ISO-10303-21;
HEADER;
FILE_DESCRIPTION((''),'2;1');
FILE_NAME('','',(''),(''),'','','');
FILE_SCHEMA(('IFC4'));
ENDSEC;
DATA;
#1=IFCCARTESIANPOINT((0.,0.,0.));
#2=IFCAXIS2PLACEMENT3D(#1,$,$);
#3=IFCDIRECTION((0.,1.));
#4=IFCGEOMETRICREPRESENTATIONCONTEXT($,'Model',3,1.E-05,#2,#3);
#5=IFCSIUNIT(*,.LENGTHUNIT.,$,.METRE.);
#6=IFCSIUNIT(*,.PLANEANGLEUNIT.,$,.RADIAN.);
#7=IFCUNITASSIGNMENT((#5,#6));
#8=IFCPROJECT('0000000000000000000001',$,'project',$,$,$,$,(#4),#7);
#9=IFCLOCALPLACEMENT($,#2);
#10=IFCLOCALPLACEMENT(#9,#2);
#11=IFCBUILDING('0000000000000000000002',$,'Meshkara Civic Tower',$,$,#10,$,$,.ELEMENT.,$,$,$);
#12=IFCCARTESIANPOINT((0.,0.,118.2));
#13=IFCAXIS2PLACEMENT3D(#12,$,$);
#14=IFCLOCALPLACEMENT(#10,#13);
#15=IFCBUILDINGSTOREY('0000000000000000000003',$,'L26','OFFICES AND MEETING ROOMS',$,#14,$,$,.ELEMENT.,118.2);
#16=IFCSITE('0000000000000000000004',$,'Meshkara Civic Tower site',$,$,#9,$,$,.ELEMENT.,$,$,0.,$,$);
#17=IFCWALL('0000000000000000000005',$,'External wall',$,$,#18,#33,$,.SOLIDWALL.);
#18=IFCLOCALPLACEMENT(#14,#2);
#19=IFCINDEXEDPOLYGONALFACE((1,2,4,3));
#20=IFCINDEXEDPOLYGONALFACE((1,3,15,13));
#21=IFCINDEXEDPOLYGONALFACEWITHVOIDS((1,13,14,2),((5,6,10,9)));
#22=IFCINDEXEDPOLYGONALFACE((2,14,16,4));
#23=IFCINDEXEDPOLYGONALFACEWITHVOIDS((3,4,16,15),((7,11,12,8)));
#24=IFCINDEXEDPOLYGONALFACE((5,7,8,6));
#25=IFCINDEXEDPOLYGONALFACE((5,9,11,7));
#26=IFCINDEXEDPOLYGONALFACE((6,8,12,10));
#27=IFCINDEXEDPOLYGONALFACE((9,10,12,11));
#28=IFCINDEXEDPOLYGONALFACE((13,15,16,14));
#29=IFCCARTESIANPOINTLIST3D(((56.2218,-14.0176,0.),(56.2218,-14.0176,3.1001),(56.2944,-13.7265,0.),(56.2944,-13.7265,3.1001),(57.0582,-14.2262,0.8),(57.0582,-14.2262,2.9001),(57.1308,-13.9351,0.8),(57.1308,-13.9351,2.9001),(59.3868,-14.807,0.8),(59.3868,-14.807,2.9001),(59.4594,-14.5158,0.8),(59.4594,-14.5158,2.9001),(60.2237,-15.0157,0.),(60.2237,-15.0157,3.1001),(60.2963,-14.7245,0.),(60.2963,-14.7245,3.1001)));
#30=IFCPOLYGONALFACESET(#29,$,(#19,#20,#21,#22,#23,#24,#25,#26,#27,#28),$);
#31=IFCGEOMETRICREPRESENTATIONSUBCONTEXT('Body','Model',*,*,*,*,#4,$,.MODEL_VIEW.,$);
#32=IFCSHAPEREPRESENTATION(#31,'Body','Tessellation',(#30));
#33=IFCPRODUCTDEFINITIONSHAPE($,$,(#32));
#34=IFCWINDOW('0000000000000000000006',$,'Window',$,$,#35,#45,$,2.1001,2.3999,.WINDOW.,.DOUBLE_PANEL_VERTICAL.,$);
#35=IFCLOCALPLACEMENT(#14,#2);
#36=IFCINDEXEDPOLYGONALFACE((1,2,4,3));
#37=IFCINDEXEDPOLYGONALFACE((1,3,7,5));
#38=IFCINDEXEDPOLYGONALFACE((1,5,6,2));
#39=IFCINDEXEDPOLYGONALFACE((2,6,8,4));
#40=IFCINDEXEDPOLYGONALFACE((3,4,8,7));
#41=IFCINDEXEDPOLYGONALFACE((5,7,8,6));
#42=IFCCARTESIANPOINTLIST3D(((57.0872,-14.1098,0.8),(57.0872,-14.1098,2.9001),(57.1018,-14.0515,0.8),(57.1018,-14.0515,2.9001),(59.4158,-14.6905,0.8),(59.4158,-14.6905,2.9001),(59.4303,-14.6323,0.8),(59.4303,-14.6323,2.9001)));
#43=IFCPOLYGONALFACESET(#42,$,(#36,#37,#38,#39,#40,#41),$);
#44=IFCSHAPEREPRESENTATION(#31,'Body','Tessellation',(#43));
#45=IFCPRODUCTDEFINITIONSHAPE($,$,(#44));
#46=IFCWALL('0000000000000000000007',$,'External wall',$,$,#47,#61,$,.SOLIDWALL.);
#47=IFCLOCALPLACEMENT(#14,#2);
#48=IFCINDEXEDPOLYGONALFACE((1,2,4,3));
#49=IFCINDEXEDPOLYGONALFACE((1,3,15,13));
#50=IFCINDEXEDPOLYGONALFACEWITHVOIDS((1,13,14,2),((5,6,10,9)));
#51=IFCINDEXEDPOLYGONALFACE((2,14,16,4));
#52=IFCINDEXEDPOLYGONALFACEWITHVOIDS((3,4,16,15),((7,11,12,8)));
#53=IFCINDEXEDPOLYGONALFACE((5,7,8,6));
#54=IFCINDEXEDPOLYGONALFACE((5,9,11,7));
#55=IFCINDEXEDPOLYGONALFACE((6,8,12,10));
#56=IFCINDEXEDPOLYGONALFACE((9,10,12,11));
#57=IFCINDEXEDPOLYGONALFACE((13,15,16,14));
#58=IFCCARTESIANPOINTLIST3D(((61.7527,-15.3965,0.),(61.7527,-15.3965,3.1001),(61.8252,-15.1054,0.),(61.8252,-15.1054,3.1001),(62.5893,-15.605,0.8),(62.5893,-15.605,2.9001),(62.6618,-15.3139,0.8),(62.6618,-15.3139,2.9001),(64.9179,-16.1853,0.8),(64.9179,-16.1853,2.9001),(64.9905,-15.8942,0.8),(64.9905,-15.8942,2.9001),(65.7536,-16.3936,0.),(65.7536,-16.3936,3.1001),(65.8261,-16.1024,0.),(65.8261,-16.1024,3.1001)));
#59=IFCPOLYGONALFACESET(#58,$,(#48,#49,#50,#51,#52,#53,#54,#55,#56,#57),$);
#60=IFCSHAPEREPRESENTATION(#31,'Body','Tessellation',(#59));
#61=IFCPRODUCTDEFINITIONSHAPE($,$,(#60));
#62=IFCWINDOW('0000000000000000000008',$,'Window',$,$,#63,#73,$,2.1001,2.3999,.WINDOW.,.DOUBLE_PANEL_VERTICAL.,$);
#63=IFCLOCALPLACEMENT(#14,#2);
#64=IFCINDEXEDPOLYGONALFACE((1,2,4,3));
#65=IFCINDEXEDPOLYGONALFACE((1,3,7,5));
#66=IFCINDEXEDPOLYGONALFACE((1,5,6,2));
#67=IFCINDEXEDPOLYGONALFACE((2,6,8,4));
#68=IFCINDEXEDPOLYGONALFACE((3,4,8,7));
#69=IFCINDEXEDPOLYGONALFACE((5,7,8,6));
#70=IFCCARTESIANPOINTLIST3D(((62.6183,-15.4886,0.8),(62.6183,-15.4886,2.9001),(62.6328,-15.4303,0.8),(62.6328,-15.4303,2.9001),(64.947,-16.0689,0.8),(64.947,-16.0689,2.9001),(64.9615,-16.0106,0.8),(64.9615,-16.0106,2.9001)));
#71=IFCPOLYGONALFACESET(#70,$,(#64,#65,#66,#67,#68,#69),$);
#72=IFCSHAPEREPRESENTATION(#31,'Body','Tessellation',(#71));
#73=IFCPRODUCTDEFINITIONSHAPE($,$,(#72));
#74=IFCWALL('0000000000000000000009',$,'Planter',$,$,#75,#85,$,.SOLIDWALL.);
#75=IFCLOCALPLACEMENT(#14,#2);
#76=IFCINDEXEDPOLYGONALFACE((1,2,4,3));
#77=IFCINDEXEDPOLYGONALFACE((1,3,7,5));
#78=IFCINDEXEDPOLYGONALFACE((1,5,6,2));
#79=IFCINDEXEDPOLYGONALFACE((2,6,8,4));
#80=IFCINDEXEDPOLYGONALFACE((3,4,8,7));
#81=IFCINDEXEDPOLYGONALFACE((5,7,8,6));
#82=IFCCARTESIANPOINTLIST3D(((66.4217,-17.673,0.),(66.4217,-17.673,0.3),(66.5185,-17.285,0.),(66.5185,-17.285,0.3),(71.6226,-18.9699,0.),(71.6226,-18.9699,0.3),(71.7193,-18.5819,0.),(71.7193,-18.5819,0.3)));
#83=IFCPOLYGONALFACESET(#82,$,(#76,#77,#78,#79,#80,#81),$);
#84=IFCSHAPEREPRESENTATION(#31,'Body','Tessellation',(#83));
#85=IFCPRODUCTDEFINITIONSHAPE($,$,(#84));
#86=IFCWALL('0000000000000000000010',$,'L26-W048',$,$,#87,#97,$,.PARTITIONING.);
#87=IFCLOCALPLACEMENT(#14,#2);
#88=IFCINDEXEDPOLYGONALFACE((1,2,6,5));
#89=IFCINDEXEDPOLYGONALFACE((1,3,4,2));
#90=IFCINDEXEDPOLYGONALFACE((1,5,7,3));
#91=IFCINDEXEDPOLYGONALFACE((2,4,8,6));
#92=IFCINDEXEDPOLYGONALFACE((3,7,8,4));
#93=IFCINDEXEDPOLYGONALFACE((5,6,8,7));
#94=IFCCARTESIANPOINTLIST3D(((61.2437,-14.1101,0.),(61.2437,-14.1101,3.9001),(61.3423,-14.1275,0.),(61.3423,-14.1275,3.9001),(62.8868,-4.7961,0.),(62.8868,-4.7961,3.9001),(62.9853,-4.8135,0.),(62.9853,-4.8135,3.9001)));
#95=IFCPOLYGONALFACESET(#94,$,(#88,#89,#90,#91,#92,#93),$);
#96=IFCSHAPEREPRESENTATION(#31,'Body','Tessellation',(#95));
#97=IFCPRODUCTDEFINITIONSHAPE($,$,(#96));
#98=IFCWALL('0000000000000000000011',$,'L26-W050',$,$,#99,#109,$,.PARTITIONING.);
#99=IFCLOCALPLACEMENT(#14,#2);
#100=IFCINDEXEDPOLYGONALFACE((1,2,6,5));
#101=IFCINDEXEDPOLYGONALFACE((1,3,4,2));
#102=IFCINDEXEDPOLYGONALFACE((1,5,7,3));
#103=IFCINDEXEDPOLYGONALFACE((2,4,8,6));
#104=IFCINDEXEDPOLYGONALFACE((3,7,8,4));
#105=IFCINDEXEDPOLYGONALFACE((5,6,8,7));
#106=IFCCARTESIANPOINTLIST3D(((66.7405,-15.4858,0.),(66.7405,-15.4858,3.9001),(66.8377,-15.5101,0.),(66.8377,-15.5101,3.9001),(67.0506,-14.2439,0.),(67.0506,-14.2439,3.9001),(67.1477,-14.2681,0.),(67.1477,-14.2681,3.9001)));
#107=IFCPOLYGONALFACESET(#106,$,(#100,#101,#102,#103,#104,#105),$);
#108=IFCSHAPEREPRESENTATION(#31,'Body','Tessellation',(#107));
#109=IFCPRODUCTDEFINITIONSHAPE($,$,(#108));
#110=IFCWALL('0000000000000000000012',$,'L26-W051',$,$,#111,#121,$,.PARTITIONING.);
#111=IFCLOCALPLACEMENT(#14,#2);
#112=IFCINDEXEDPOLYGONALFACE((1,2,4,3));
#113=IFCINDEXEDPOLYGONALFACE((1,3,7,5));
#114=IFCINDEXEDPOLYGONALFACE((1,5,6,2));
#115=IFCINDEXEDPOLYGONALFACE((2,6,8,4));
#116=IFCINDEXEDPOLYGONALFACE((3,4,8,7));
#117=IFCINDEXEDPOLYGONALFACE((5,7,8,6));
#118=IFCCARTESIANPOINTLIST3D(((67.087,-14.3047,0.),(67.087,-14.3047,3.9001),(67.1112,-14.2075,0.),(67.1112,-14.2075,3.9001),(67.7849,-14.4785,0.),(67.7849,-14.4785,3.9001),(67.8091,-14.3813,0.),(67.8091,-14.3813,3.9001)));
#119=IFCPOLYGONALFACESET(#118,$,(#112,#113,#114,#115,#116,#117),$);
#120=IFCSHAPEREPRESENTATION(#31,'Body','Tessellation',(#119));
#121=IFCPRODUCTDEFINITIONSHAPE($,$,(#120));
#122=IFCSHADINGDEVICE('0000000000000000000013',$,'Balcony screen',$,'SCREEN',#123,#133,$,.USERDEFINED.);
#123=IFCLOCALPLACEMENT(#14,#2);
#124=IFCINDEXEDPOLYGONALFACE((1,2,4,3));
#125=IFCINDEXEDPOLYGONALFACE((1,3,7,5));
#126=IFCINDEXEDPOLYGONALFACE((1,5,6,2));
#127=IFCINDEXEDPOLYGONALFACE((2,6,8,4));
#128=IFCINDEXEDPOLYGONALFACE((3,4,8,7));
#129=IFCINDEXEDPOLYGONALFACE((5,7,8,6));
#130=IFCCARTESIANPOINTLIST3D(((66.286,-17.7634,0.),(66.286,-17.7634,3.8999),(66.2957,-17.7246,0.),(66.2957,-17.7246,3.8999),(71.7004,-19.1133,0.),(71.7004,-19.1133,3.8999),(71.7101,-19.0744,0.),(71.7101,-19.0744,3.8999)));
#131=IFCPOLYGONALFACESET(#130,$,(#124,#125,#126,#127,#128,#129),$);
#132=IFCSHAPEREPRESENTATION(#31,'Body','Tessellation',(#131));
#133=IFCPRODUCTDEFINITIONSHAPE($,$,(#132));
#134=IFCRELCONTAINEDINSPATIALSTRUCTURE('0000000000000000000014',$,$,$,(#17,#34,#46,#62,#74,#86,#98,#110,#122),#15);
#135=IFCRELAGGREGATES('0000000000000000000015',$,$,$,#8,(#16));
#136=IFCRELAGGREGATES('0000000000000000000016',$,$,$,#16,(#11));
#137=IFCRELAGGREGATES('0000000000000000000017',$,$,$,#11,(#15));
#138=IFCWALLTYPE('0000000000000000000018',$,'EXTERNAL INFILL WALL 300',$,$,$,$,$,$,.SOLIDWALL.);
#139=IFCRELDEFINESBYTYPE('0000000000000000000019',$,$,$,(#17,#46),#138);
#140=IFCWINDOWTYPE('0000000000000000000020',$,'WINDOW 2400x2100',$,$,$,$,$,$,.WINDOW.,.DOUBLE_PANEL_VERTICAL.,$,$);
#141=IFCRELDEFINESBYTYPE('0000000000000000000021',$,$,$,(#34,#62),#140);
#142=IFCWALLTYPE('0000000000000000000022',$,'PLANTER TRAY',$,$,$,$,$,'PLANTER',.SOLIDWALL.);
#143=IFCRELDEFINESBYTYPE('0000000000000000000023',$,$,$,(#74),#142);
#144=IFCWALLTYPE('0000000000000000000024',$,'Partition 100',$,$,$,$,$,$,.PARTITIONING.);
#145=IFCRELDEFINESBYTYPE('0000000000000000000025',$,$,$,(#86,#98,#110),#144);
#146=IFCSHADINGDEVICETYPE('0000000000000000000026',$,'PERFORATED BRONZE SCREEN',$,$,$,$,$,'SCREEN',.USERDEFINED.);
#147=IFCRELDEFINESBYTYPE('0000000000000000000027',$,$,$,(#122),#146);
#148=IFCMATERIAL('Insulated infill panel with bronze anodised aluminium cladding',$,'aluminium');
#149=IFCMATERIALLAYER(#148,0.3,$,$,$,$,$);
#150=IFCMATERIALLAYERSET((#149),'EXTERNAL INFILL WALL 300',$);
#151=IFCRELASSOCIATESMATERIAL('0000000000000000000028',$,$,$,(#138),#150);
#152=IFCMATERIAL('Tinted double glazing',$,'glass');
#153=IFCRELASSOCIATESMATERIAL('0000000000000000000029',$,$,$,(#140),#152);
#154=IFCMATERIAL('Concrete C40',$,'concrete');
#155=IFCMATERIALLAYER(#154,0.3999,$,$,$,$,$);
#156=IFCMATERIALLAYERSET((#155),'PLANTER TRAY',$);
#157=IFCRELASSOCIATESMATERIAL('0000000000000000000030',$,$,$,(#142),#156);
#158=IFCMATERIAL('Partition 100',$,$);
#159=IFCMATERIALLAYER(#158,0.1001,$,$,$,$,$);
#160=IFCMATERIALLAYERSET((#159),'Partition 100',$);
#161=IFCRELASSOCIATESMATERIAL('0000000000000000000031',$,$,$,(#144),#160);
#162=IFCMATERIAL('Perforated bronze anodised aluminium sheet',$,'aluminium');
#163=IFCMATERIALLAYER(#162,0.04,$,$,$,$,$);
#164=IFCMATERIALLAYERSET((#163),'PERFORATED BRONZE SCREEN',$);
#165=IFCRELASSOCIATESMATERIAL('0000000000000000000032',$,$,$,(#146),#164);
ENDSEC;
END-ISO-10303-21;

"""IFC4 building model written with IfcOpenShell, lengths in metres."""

from ifc_helpers import new_model, si_unit, direction, frame, frame_2d, origin, origin_2d, place, context, subcontext, project, spatial, rectangle, extrude, material, layer, layer_set, type_object, element, fill, save


model = new_model("IFC4")

# Units and contexts
model_context = context("Model", 3, precision=1e-05, world=origin(), true_north=direction((0.0, 1.0)))
body_context = subcontext(model_context, "Body", "Model", "MODEL_VIEW")
ifc_project = project(units=[si_unit("LENGTHUNIT", "METRE"), si_unit("PLANEANGLEUNIT", "RADIAN")], contexts=[model_context])

# Site, building, storey
site_placement = place(None, origin())
site = spatial("IfcSite", under=ifc_project, at=site_placement, Name="Meshkara Civic Tower site", CompositionType="ELEMENT", RefElevation=0.0)
building_placement = place(site_placement, origin())
building = spatial("IfcBuilding", under=site, at=building_placement, Name="Meshkara Civic Tower", CompositionType="ELEMENT")
storey_placement = place(building_placement, frame((0.0, 0.0, 118.2)))
storey = spatial("IfcBuildingStorey", under=building, at=storey_placement, Name="L26", Description="OFFICES AND MEETING ROOMS", CompositionType="ELEMENT", Elevation=118.2)

# Walls, openings, windows
ifc_material_1 = material(Name="Insulated infill panel with bronze anodised aluminium cladding", Category="aluminium")
ifc_layer_1 = layer(ifc_material_1, 0.3)
ifc_layer_set_1 = layer_set([ifc_layer_1], Name="EXTERNAL INFILL WALL 300")
wall_type_1 = type_object("IfcWallType", Name="EXTERNAL INFILL WALL 300", PredefinedType="SOLIDWALL", material=ifc_layer_set_1)
ifc_material_2 = material(Name="Tinted double glazing", Category="glass")
window_type = type_object("IfcWindowType", Name="WINDOW 2400x2100", PartitioningType="DOUBLE_PANEL_VERTICAL", PredefinedType="WINDOW", material=ifc_material_2)
wall_1_placement = place(storey_placement, frame((56.2581, -13.8721, 0.0), z_axis=(0.0, 0.0, 1.0), x_axis=(0.970282, -0.241978, 0.0)))
wall_1 = element("IfcWall", 1, at=wall_1_placement, inside=storey, type_object=wall_type_1, Name="External wall", PredefinedType="SOLIDWALL", context=body_context, shape_type="SweptSolid", body=[
    extrude(rectangle(XDim=4.1245, YDim=0.3, at=frame_2d((2.0623, 0.0))), origin(), (0.0, 0.0, 1.0), 3.1001),
])
opening_1_placement = place(wall_1_placement, frame((0.8621, 0.0, 0.8)))
opening_1 = element("IfcOpeningElement", 2, at=opening_1_placement, cuts=wall_1, PredefinedType="OPENING", context=body_context, shape_type="SweptSolid", body=[
    extrude(rectangle(XDim=2.3999, YDim=2.1001, at=frame_2d((1.2, 1.05))), frame((0.0, 0.1599, 0.0), z_axis=(0.0, -1.0, 0.0), x_axis=(1.0, 0.0, 0.0)), (0.0, 0.0, 1.0), 0.3201),
])
window_1_placement = place(opening_1_placement, origin())
window_1 = element("IfcWindow", 3, at=window_1_placement, inside=storey, type_object=window_type, Name="Window", OverallHeight=2.1001, OverallWidth=2.3999, PartitioningType="DOUBLE_PANEL_VERTICAL", PredefinedType="WINDOW", context=body_context, shape_type="SweptSolid", body=[
    extrude(rectangle(XDim=2.3999, YDim=2.1001, at=frame_2d((1.2, 1.05))), frame((0.0, 0.03, 0.0), z_axis=(0.0, -1.0, 0.0), x_axis=(1.0, 0.0, 0.0)), (0.0, 0.0, 1.0), 0.0601),
])
fill(opening_1, window_1)
wall_2_placement = place(storey_placement, frame((61.7891, -15.251, 0.0), z_axis=(0.0, 0.0, 1.0), x_axis=(0.970323, -0.241811, 0.0)))
wall_2 = element("IfcWall", 4, at=wall_2_placement, inside=storey, type_object=wall_type_1, Name="External wall", PredefinedType="SOLIDWALL", context=body_context, shape_type="SweptSolid", body=[
    extrude(rectangle(XDim=4.1233, YDim=0.3, at=frame_2d((2.0615, 0.0))), origin(), (0.0, 0.0, 1.0), 3.1001),
])
opening_2_placement = place(wall_2_placement, frame((0.8621, 0.0, 0.8)))
opening_2 = element("IfcOpeningElement", 5, at=opening_2_placement, cuts=wall_2, PredefinedType="OPENING", context=body_context, shape_type="SweptSolid", body=[
    extrude(rectangle(XDim=2.3999, YDim=2.1001, at=frame_2d((1.2, 1.05))), frame((0.0, 0.1599, 0.0), z_axis=(0.0, -1.0, 0.0), x_axis=(1.0, 0.0, 0.0)), (0.0, 0.0, 1.0), 0.3201),
])
window_2_placement = place(opening_2_placement, origin())
window_2 = element("IfcWindow", 6, at=window_2_placement, inside=storey, type_object=window_type, Name="Window", OverallHeight=2.1001, OverallWidth=2.3999, PartitioningType="DOUBLE_PANEL_VERTICAL", PredefinedType="WINDOW", context=body_context, shape_type="SweptSolid", body=[
    extrude(rectangle(XDim=2.3999, YDim=2.1001, at=frame_2d((1.2, 1.05))), frame((0.0, 0.03, 0.0), z_axis=(0.0, -1.0, 0.0), x_axis=(1.0, 0.0, 0.0)), (0.0, 0.0, 1.0), 0.0601),
])
fill(opening_2, window_2)

# Walls
ifc_material_3 = material(Name="Concrete C40", Category="concrete")
ifc_layer_2 = layer(ifc_material_3, 0.3999)
ifc_layer_set_2 = layer_set([ifc_layer_2], Name="PLANTER TRAY")
wall_type_2 = type_object("IfcWallType", Name="PLANTER TRAY", ElementType="PLANTER", PredefinedType="SOLIDWALL", material=ifc_layer_set_2)
wall_3_placement = place(storey_placement, frame((66.47, -17.479, 0.0), z_axis=(0.0, 0.0, 1.0), x_axis=(0.97029, -0.241946, 0.0)))
element("IfcWall", 7, at=wall_3_placement, inside=storey, type_object=wall_type_2, Name="Planter", PredefinedType="SOLIDWALL", context=body_context, shape_type="SweptSolid", body=[
    extrude(rectangle(XDim=5.3601, YDim=0.3999, at=frame_2d((2.6802, 0.0))), origin(), (0.0, 0.0, 1.0), 0.3),
])
ifc_material_4 = material(Name="Partition 100")
ifc_layer_3 = layer(ifc_material_4, 0.1001)
ifc_layer_set_3 = layer_set([ifc_layer_3], Name="Partition 100")
wall_type_3 = type_object("IfcWallType", Name="Partition 100", PredefinedType="PARTITIONING", material=ifc_layer_set_3)
wall_4_placement = place(storey_placement, frame((61.293, -14.1189, 0.0), z_axis=(0.0, 0.0, 1.0), x_axis=(0.173726, 0.984794, 0.0)))
element("IfcWall", 8, at=wall_4_placement, inside=storey, type_object=wall_type_3, Name="L26-W048", PredefinedType="PARTITIONING", context=body_context, shape_type="SweptSolid", body=[
    extrude(rectangle(XDim=9.4578, YDim=0.1001, at=frame_2d((4.729, 0.0))), origin(), (0.0, 0.0, 1.0), 3.9001),
])
wall_5_placement = place(storey_placement, frame((66.7891, -15.498, 0.0), z_axis=(0.0, 0.0, 1.0), x_axis=(0.242221, 0.970221, 0.0)))
element("IfcWall", 9, at=wall_5_placement, inside=storey, type_object=wall_type_3, Name="L26-W050", PredefinedType="PARTITIONING", context=body_context, shape_type="SweptSolid", body=[
    extrude(rectangle(XDim=1.28, YDim=0.1001, at=frame_2d((0.6401, 0.0))), origin(), (0.0, 0.0, 1.0), 3.9001),
])
wall_6_placement = place(storey_placement, frame((67.0991, -14.2561, 0.0), z_axis=(0.0, 0.0, 1.0), x_axis=(0.970362, -0.241657, 0.0)))
element("IfcWall", 10, at=wall_6_placement, inside=storey, type_object=wall_type_3, Name="L26-W051", PredefinedType="PARTITIONING", context=body_context, shape_type="SweptSolid", body=[
    extrude(rectangle(XDim=0.7192, YDim=0.1001, at=frame_2d((0.3596, 0.0))), origin(), (0.0, 0.0, 1.0), 3.9001),
])

# Shading device
ifc_material_5 = material(Name="Perforated bronze anodised aluminium sheet", Category="aluminium")
ifc_layer_4 = layer(ifc_material_5, 0.04)
ifc_layer_set_4 = layer_set([ifc_layer_4], Name="PERFORATED BRONZE SCREEN")
shading_device_type = type_object("IfcShadingDeviceType", Name="PERFORATED BRONZE SCREEN", ElementType="SCREEN", PredefinedType="USERDEFINED", material=ifc_layer_set_4)
shading_device_placement = place(storey_placement, frame((68.998, -18.4189, 0.0), z_axis=(0.0, 0.0, 1.0), x_axis=(0.9703, -0.241905, 0.0)))
element("IfcShadingDevice", 11, at=shading_device_placement, inside=storey, type_object=shading_device_type, Name="Balcony screen", ObjectType="SCREEN", PredefinedType="USERDEFINED", context=body_context, shape_type="SweptSolid", body=[
    extrude(rectangle(XDim=5.5801, YDim=0.04, at=origin_2d()), origin(), (0.0, 0.0, 1.0), 3.8999),
])

save(model, "model.ifc")
